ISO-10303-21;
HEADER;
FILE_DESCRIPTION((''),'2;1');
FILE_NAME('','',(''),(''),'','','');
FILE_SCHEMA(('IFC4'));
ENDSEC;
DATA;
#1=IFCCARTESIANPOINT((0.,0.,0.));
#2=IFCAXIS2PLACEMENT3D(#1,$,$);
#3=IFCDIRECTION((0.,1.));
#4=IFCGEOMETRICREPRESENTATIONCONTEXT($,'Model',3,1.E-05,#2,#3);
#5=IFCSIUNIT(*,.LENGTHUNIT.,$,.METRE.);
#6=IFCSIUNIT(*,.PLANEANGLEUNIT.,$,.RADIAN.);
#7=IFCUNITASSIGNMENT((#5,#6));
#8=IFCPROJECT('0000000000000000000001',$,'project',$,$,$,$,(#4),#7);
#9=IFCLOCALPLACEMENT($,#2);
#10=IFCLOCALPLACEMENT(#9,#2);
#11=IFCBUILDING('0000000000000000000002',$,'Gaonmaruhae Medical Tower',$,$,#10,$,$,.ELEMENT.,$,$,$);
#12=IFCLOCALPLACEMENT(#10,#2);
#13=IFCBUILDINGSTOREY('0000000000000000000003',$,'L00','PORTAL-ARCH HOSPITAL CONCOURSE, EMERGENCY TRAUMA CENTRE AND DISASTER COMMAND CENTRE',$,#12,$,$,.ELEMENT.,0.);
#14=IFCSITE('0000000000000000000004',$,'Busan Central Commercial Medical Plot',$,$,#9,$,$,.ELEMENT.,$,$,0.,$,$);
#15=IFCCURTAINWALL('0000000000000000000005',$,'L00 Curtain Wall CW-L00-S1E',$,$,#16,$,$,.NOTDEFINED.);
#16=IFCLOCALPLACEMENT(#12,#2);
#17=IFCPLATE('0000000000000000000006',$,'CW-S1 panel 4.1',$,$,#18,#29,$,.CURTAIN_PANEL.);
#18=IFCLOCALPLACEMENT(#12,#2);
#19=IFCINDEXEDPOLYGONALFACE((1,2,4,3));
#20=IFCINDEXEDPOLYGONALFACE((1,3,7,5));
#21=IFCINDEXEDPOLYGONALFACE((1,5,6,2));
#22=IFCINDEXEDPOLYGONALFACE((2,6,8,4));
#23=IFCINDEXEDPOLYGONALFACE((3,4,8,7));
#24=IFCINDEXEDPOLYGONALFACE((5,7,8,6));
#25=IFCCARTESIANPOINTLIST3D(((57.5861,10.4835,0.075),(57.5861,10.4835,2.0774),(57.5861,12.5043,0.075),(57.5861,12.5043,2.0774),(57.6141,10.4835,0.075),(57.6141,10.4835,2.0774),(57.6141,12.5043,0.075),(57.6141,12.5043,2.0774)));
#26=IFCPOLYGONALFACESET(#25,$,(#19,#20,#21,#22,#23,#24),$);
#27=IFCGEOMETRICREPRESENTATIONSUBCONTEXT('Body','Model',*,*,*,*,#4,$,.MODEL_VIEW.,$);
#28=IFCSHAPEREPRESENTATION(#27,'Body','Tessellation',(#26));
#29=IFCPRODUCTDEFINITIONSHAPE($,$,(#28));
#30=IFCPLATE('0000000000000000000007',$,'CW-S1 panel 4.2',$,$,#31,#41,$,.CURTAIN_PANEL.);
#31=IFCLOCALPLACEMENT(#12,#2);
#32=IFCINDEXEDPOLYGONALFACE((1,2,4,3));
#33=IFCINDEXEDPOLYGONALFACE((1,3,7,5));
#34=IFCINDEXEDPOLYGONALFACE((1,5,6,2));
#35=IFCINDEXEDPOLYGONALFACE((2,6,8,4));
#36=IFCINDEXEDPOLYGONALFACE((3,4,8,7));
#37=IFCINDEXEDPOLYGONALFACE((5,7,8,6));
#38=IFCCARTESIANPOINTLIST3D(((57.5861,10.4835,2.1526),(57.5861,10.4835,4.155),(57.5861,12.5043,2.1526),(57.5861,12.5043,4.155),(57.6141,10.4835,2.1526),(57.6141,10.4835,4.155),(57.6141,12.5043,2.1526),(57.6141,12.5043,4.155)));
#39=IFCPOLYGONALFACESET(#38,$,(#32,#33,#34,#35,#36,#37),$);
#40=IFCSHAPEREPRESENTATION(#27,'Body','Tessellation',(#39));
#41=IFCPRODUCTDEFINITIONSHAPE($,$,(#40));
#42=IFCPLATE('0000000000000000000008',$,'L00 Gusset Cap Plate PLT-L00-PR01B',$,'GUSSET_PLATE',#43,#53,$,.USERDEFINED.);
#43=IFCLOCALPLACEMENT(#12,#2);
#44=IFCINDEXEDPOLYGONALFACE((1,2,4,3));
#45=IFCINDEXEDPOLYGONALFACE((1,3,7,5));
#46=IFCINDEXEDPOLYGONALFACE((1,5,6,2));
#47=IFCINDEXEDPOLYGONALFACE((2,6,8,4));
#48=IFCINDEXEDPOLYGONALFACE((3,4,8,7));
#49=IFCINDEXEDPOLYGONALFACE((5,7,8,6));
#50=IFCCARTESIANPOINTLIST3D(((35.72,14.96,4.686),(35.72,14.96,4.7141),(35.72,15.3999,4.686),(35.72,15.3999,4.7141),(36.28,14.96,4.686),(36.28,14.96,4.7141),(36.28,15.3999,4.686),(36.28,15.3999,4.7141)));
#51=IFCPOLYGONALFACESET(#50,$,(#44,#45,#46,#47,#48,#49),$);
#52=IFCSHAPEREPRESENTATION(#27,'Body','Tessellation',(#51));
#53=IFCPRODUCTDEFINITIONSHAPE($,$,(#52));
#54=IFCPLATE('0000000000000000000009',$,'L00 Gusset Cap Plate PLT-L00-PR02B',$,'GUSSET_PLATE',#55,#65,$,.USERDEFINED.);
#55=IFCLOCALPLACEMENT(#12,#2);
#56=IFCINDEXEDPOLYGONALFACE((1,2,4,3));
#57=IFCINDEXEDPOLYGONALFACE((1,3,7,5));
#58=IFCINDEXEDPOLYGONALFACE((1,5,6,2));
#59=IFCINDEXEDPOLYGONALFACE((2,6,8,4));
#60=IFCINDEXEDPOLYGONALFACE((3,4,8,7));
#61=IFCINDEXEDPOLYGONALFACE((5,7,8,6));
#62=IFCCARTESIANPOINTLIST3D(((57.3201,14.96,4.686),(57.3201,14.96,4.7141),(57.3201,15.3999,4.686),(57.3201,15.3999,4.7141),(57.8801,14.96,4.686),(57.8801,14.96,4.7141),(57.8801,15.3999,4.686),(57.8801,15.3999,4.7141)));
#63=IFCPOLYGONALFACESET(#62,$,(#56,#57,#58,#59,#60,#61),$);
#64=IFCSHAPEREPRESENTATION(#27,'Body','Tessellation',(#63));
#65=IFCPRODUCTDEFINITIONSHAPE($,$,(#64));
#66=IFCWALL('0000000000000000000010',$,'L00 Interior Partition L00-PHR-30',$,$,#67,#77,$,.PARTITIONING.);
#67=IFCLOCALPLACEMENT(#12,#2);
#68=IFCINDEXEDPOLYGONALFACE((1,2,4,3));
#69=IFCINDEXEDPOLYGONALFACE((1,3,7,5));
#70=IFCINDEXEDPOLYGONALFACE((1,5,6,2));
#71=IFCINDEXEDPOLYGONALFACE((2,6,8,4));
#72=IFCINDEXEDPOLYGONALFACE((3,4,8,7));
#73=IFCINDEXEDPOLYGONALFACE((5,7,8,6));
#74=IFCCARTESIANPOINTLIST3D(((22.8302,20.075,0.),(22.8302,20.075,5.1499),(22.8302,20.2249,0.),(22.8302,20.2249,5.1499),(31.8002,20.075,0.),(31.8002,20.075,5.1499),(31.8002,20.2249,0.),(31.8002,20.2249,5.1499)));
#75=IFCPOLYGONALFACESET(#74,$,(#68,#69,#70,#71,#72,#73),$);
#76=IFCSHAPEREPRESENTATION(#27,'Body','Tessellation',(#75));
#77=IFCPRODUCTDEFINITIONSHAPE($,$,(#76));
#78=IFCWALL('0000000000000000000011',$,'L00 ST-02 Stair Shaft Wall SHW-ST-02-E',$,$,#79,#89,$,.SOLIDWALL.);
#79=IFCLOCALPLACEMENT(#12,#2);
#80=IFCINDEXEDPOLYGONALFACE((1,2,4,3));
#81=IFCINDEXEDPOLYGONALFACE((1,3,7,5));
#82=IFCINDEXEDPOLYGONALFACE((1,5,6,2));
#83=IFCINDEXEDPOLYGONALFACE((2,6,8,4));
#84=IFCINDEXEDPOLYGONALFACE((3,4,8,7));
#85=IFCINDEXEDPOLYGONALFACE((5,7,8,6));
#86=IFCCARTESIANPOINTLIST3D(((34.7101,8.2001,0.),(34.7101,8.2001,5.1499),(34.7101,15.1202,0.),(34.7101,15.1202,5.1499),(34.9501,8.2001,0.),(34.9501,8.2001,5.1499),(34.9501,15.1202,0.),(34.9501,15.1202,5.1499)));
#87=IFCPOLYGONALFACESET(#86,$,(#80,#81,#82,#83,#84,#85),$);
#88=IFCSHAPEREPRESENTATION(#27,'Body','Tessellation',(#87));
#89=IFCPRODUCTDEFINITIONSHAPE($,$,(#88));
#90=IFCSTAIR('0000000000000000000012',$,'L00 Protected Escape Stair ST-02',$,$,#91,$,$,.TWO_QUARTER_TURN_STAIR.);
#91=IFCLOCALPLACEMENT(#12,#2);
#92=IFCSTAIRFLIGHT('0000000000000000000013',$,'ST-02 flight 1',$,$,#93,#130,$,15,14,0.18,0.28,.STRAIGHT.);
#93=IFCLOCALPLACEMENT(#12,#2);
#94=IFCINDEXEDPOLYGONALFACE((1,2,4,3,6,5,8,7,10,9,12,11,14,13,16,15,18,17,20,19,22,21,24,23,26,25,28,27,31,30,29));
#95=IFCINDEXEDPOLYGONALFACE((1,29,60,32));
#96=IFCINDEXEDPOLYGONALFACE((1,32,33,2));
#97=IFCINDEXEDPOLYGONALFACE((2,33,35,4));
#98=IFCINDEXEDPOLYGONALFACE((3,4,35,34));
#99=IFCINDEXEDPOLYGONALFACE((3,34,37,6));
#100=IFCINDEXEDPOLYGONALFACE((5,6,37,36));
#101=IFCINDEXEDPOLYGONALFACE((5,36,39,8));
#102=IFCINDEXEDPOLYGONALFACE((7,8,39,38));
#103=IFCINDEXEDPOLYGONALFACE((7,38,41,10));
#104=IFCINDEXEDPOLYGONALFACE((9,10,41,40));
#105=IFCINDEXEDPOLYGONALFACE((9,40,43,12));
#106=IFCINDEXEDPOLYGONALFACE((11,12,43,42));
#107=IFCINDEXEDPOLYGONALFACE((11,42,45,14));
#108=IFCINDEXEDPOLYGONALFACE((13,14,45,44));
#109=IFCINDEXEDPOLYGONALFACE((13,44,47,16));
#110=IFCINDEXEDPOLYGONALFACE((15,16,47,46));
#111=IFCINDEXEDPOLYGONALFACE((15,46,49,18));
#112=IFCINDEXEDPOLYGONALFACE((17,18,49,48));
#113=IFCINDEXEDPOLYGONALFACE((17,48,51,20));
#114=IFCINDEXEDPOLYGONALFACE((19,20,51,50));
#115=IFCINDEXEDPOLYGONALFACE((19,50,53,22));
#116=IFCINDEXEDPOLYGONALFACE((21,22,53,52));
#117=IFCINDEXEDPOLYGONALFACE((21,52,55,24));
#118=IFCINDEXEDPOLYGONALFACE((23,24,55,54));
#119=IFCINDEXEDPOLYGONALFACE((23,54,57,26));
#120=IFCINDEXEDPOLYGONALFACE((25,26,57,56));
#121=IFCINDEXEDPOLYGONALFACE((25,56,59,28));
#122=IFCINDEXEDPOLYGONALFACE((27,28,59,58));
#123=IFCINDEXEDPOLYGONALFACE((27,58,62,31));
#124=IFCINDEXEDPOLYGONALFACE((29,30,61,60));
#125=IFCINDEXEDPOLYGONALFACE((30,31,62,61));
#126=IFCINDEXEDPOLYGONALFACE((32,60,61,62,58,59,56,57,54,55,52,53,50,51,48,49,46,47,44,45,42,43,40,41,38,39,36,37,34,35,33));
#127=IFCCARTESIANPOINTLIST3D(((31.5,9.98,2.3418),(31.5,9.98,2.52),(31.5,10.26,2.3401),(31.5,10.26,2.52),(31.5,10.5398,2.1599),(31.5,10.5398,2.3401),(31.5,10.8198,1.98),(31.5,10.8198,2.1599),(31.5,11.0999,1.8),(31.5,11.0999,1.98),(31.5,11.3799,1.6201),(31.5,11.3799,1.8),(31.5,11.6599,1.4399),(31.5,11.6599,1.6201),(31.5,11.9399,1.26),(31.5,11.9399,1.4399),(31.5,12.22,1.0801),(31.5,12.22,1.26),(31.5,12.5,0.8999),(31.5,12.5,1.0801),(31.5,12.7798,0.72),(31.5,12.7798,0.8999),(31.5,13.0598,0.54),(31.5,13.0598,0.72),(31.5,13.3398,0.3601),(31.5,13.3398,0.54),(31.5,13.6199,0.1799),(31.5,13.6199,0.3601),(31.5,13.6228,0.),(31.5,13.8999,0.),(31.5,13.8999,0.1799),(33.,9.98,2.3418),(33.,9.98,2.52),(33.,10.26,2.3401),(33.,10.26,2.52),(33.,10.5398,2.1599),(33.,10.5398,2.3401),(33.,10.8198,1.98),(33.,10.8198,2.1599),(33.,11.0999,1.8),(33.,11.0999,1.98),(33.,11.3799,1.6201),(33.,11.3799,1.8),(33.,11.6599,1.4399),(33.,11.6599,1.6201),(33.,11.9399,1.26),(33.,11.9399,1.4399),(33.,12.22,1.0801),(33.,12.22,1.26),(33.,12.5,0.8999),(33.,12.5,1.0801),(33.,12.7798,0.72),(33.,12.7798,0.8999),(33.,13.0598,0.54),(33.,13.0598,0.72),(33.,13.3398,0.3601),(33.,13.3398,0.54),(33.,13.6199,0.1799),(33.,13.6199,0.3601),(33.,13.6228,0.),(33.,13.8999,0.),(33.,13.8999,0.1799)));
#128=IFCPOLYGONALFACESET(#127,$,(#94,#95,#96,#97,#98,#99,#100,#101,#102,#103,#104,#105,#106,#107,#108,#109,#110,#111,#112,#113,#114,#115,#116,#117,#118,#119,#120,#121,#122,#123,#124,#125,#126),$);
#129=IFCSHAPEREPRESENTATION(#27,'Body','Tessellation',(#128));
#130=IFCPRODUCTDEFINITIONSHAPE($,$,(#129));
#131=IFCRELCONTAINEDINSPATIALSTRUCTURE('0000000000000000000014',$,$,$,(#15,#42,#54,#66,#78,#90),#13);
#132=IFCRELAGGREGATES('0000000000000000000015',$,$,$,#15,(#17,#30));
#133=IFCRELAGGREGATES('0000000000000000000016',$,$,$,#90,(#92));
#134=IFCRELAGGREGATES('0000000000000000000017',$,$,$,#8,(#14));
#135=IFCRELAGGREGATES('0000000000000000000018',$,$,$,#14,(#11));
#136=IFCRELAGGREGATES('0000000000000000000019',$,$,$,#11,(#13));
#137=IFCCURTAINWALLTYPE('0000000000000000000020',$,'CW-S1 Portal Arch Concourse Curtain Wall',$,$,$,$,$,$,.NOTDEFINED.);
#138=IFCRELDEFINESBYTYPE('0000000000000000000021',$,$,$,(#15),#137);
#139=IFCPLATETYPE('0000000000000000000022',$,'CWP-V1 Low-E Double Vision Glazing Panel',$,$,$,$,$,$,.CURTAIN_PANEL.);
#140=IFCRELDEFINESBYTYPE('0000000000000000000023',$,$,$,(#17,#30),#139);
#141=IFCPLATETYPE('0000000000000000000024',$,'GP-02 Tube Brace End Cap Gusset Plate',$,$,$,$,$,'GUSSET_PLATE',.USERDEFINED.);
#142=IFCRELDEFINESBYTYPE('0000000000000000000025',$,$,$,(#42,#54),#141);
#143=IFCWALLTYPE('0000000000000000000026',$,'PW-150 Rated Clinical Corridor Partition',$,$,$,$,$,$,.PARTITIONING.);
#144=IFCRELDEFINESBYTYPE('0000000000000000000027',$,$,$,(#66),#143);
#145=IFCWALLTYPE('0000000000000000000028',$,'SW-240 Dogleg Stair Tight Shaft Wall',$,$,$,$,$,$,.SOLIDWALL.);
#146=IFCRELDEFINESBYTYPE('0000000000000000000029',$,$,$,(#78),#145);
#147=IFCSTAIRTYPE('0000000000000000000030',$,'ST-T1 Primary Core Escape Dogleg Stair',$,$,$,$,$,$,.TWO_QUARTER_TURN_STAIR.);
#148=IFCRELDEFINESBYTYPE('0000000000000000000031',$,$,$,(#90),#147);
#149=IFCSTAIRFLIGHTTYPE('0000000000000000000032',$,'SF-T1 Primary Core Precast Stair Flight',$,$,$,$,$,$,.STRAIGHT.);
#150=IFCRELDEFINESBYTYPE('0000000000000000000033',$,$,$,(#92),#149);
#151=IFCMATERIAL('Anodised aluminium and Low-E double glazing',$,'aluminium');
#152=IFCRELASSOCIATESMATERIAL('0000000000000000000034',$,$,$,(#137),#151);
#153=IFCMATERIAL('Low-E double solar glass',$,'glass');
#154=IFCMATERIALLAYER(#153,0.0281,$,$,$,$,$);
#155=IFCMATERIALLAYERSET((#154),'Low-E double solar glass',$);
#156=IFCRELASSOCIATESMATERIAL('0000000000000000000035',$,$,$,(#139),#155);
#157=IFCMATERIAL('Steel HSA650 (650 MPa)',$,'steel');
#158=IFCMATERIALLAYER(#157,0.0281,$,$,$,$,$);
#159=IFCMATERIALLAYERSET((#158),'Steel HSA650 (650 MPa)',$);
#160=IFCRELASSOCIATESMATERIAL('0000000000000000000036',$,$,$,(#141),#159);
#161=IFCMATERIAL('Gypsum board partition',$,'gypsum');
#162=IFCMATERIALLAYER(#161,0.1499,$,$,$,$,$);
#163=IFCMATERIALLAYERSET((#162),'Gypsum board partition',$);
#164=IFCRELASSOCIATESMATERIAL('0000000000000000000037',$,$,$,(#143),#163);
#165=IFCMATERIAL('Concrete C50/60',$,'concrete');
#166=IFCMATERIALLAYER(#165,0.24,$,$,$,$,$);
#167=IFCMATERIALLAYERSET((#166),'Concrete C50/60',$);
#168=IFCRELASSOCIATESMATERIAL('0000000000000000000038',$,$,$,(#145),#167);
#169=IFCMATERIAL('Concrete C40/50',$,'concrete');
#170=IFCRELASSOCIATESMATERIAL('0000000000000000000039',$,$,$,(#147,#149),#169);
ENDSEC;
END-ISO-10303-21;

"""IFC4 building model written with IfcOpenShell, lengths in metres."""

from ifc_helpers import new_model, si_unit, direction, frame, frame_2d, origin, origin_2d, place, context, subcontext, project, spatial, polyline, rectangle, outline, extrude, material, layer, layer_set, type_object, element, aggregate, save


model = new_model("IFC4")

# Units and contexts
model_context = context("Model", 3, precision=1e-05, world=origin(), true_north=direction((0.0, 1.0)))
body_context = subcontext(model_context, "Body", "Model", "MODEL_VIEW")
ifc_project = project(units=[si_unit("LENGTHUNIT", "METRE"), si_unit("PLANEANGLEUNIT", "RADIAN")], contexts=[model_context])

# Site, building, storey
site_placement = place(None, origin())
site = spatial("IfcSite", under=ifc_project, at=site_placement, Name="Busan Central Commercial Medical Plot", CompositionType="ELEMENT", RefElevation=0.0)
building_placement = place(site_placement, origin())
building = spatial("IfcBuilding", under=site, at=building_placement, Name="Gaonmaruhae Medical Tower", CompositionType="ELEMENT")
storey_placement = place(building_placement, origin())
storey = spatial("IfcBuildingStorey", under=building, at=storey_placement, Name="L00", Description="PORTAL-ARCH HOSPITAL CONCOURSE, EMERGENCY TRAUMA CENTRE AND DISASTER COMMAND CENTRE", CompositionType="ELEMENT", Elevation=0.0)

# Shared definitions
ifc_material_1 = material(Name="Concrete C50/60", Category="concrete")

# Curtain wall
ifc_material_2 = material(Name="Anodised aluminium and Low-E double glazing", Category="aluminium")
curtain_wall_type = type_object("IfcCurtainWallType", Name="CW-S1 Portal Arch Concourse Curtain Wall", PredefinedType="NOTDEFINED", material=ifc_material_2)
curtain_wall_placement = place(storey_placement, origin())
curtain_wall = element("IfcCurtainWall", 1, at=curtain_wall_placement, inside=storey, type_object=curtain_wall_type, Name="L00 Curtain Wall CW-L00-S1E", PredefinedType="NOTDEFINED")

# Plates
ifc_material_3 = material(Name="Low-E double solar glass", Category="glass")
ifc_layer_1 = layer(ifc_material_3, 0.0281)
ifc_layer_set_1 = layer_set([ifc_layer_1], Name="Low-E double solar glass")
plate_type_1 = type_object("IfcPlateType", Name="CWP-V1 Low-E Double Vision Glazing Panel", PredefinedType="CURTAIN_PANEL", material=ifc_layer_set_1)
plate_1_placement = place(storey_placement, frame((57.6001, 11.4939, 0.075), z_axis=(0.0, 0.0, 1.0), x_axis=(0.0, 1.0, 0.0)))
plate_1 = element("IfcPlate", 2, at=plate_1_placement, type_object=plate_type_1, Name="CW-S1 panel 4.1", PredefinedType="CURTAIN_PANEL", context=body_context, shape_type="SweptSolid", body=[
    extrude(rectangle(XDim=2.0208, YDim=0.0281, at=origin_2d()), origin(), (0.0, 0.0, 1.0), 2.0024),
])
plate_2_placement = place(storey_placement, frame((57.6001, 11.4939, 2.1526), z_axis=(0.0, 0.0, 1.0), x_axis=(0.0, 1.0, 0.0)))
plate_2 = element("IfcPlate", 3, at=plate_2_placement, type_object=plate_type_1, Name="CW-S1 panel 4.2", PredefinedType="CURTAIN_PANEL", context=body_context, shape_type="SweptSolid", body=[
    extrude(rectangle(XDim=2.0208, YDim=0.0281, at=origin_2d()), origin(), (0.0, 0.0, 1.0), 2.0024),
])
aggregate(curtain_wall, [plate_1, plate_2])

# Plates
ifc_material_4 = material(Name="Steel HSA650 (650 MPa)", Category="steel")
ifc_layer_2 = layer(ifc_material_4, 0.0281)
ifc_layer_set_2 = layer_set([ifc_layer_2], Name="Steel HSA650 (650 MPa)")
plate_type_2 = type_object("IfcPlateType", Name="GP-02 Tube Brace End Cap Gusset Plate", ElementType="GUSSET_PLATE", PredefinedType="USERDEFINED", material=ifc_layer_set_2)
for number, where, z_axis, x_axis, name in (
    (4, (36.0, 15.1799, 4.686), (0.0, 0.0, 1.0), (1.0, 0.0, 0.0), "L00 Gusset Cap Plate PLT-L00-PR01B"),
    (5, (57.6001, 15.1799, 4.686), (0.0, 0.0, 1.0), (1.0, 0.0, 0.0), "L00 Gusset Cap Plate PLT-L00-PR02B"),
):
    element("IfcPlate", number, at=place(storey_placement, frame(where, z_axis=z_axis, x_axis=x_axis)), inside=storey, type_object=plate_type_2, Name=name, ObjectType="GUSSET_PLATE", PredefinedType="USERDEFINED", context=body_context, shape_type="SweptSolid", body=[
        extrude(rectangle(XDim=0.5601, YDim=0.4399, at=origin_2d()), origin(), (0.0, 0.0, 1.0), 0.0281),
    ])

# Walls
ifc_material_5 = material(Name="Gypsum board partition", Category="gypsum")
ifc_layer_3 = layer(ifc_material_5, 0.1499)
ifc_layer_set_3 = layer_set([ifc_layer_3], Name="Gypsum board partition")
wall_type_1 = type_object("IfcWallType", Name="PW-150 Rated Clinical Corridor Partition", PredefinedType="PARTITIONING", material=ifc_layer_set_3)
wall_1_placement = place(storey_placement, frame((31.8, 20.1499, 0.0), z_axis=(0.0, 0.0, 1.0), x_axis=(-1.0, 0.0, 0.0)))
element("IfcWall", 6, at=wall_1_placement, inside=storey, type_object=wall_type_1, Name="L00 Interior Partition L00-PHR-30", PredefinedType="PARTITIONING", context=body_context, shape_type="SweptSolid", body=[
    extrude(rectangle(XDim=8.97, YDim=0.1499, at=frame_2d((4.4849, 0.0))), origin(), (0.0, 0.0, 1.0), 5.1499),
])
ifc_layer_4 = layer(ifc_material_1, 0.24)
ifc_layer_set_4 = layer_set([ifc_layer_4], Name="Concrete C50/60")
wall_type_2 = type_object("IfcWallType", Name="SW-240 Dogleg Stair Tight Shaft Wall", PredefinedType="SOLIDWALL", material=ifc_layer_set_4)
wall_2_placement = place(storey_placement, frame((34.8301, 15.1201, 0.0), z_axis=(0.0, 0.0, 1.0), x_axis=(0.0, -1.0, 0.0)))
element("IfcWall", 7, at=wall_2_placement, inside=storey, type_object=wall_type_2, Name="L00 ST-02 Stair Shaft Wall SHW-ST-02-E", PredefinedType="SOLIDWALL", context=body_context, shape_type="SweptSolid", body=[
    extrude(rectangle(XDim=6.9202, YDim=0.24, at=frame_2d((3.46, 0.0))), origin(), (0.0, 0.0, 1.0), 5.1499),
])

# Stair, stair flight
ifc_material_6 = material(Name="Concrete C40/50", Category="concrete")
stair_type = type_object("IfcStairType", Name="ST-T1 Primary Core Escape Dogleg Stair", PredefinedType="TWO_QUARTER_TURN_STAIR", material=ifc_material_6)
stair_placement = place(storey_placement, origin())
stair = element("IfcStair", 8, at=stair_placement, inside=storey, type_object=stair_type, Name="L00 Protected Escape Stair ST-02", PredefinedType="TWO_QUARTER_TURN_STAIR")
stair_flight_type = type_object("IfcStairFlightType", Name="SF-T1 Primary Core Precast Stair Flight", PredefinedType="STRAIGHT", material=ifc_material_6)
stair_flight_placement = place(storey_placement, frame((32.25, 13.8999, 0.0), z_axis=(0.0, 0.0, 1.0), x_axis=(0.0, -1.0, 0.0)))
stair_flight = element("IfcStairFlight", 9, at=stair_flight_placement, type_object=stair_flight_type, Name="ST-02 flight 1", NumberOfRisers=15, NumberOfTreads=14, PredefinedType="STRAIGHT", RiserHeight=0.18, TreadLength=0.28, context=body_context, shape_type="SweptSolid", body=[
    extrude(outline(polyline([(0.0, 0.0), (0.0, 0.1799), (0.28, 0.1799), (0.28, 0.3601), (0.5601, 0.3601), (0.5601, 0.54), (0.8401, 0.54), (0.8401, 0.72), (1.1201, 0.72), (1.1201, 0.8999), (1.3999, 0.8999), (1.3999, 1.0801), (1.6799, 1.0801), (1.6799, 1.26), (1.96, 1.26), (1.96, 1.4399), (2.24, 1.4399), (2.24, 1.6201), (2.52, 1.6201), (2.52, 1.8), (2.8, 1.8), (2.8, 1.98), (3.0801, 1.98), (3.0801, 2.1599), (3.3601, 2.1599), (3.3601, 2.3401), (3.6399, 2.3401), (3.6399, 2.52), (3.9199, 2.52), (3.9199, 2.7), (3.9199, 2.3418), (0.2771, 0.0), (0.0, 0.0)])), frame((0.0, 0.75, 0.0), z_axis=(0.0, -1.0, 0.0), x_axis=(1.0, 0.0, 0.0)), (0.0, 0.0, 1.0), 1.5),
])
aggregate(stair, [stair_flight])

save(model, "model.ifc")
